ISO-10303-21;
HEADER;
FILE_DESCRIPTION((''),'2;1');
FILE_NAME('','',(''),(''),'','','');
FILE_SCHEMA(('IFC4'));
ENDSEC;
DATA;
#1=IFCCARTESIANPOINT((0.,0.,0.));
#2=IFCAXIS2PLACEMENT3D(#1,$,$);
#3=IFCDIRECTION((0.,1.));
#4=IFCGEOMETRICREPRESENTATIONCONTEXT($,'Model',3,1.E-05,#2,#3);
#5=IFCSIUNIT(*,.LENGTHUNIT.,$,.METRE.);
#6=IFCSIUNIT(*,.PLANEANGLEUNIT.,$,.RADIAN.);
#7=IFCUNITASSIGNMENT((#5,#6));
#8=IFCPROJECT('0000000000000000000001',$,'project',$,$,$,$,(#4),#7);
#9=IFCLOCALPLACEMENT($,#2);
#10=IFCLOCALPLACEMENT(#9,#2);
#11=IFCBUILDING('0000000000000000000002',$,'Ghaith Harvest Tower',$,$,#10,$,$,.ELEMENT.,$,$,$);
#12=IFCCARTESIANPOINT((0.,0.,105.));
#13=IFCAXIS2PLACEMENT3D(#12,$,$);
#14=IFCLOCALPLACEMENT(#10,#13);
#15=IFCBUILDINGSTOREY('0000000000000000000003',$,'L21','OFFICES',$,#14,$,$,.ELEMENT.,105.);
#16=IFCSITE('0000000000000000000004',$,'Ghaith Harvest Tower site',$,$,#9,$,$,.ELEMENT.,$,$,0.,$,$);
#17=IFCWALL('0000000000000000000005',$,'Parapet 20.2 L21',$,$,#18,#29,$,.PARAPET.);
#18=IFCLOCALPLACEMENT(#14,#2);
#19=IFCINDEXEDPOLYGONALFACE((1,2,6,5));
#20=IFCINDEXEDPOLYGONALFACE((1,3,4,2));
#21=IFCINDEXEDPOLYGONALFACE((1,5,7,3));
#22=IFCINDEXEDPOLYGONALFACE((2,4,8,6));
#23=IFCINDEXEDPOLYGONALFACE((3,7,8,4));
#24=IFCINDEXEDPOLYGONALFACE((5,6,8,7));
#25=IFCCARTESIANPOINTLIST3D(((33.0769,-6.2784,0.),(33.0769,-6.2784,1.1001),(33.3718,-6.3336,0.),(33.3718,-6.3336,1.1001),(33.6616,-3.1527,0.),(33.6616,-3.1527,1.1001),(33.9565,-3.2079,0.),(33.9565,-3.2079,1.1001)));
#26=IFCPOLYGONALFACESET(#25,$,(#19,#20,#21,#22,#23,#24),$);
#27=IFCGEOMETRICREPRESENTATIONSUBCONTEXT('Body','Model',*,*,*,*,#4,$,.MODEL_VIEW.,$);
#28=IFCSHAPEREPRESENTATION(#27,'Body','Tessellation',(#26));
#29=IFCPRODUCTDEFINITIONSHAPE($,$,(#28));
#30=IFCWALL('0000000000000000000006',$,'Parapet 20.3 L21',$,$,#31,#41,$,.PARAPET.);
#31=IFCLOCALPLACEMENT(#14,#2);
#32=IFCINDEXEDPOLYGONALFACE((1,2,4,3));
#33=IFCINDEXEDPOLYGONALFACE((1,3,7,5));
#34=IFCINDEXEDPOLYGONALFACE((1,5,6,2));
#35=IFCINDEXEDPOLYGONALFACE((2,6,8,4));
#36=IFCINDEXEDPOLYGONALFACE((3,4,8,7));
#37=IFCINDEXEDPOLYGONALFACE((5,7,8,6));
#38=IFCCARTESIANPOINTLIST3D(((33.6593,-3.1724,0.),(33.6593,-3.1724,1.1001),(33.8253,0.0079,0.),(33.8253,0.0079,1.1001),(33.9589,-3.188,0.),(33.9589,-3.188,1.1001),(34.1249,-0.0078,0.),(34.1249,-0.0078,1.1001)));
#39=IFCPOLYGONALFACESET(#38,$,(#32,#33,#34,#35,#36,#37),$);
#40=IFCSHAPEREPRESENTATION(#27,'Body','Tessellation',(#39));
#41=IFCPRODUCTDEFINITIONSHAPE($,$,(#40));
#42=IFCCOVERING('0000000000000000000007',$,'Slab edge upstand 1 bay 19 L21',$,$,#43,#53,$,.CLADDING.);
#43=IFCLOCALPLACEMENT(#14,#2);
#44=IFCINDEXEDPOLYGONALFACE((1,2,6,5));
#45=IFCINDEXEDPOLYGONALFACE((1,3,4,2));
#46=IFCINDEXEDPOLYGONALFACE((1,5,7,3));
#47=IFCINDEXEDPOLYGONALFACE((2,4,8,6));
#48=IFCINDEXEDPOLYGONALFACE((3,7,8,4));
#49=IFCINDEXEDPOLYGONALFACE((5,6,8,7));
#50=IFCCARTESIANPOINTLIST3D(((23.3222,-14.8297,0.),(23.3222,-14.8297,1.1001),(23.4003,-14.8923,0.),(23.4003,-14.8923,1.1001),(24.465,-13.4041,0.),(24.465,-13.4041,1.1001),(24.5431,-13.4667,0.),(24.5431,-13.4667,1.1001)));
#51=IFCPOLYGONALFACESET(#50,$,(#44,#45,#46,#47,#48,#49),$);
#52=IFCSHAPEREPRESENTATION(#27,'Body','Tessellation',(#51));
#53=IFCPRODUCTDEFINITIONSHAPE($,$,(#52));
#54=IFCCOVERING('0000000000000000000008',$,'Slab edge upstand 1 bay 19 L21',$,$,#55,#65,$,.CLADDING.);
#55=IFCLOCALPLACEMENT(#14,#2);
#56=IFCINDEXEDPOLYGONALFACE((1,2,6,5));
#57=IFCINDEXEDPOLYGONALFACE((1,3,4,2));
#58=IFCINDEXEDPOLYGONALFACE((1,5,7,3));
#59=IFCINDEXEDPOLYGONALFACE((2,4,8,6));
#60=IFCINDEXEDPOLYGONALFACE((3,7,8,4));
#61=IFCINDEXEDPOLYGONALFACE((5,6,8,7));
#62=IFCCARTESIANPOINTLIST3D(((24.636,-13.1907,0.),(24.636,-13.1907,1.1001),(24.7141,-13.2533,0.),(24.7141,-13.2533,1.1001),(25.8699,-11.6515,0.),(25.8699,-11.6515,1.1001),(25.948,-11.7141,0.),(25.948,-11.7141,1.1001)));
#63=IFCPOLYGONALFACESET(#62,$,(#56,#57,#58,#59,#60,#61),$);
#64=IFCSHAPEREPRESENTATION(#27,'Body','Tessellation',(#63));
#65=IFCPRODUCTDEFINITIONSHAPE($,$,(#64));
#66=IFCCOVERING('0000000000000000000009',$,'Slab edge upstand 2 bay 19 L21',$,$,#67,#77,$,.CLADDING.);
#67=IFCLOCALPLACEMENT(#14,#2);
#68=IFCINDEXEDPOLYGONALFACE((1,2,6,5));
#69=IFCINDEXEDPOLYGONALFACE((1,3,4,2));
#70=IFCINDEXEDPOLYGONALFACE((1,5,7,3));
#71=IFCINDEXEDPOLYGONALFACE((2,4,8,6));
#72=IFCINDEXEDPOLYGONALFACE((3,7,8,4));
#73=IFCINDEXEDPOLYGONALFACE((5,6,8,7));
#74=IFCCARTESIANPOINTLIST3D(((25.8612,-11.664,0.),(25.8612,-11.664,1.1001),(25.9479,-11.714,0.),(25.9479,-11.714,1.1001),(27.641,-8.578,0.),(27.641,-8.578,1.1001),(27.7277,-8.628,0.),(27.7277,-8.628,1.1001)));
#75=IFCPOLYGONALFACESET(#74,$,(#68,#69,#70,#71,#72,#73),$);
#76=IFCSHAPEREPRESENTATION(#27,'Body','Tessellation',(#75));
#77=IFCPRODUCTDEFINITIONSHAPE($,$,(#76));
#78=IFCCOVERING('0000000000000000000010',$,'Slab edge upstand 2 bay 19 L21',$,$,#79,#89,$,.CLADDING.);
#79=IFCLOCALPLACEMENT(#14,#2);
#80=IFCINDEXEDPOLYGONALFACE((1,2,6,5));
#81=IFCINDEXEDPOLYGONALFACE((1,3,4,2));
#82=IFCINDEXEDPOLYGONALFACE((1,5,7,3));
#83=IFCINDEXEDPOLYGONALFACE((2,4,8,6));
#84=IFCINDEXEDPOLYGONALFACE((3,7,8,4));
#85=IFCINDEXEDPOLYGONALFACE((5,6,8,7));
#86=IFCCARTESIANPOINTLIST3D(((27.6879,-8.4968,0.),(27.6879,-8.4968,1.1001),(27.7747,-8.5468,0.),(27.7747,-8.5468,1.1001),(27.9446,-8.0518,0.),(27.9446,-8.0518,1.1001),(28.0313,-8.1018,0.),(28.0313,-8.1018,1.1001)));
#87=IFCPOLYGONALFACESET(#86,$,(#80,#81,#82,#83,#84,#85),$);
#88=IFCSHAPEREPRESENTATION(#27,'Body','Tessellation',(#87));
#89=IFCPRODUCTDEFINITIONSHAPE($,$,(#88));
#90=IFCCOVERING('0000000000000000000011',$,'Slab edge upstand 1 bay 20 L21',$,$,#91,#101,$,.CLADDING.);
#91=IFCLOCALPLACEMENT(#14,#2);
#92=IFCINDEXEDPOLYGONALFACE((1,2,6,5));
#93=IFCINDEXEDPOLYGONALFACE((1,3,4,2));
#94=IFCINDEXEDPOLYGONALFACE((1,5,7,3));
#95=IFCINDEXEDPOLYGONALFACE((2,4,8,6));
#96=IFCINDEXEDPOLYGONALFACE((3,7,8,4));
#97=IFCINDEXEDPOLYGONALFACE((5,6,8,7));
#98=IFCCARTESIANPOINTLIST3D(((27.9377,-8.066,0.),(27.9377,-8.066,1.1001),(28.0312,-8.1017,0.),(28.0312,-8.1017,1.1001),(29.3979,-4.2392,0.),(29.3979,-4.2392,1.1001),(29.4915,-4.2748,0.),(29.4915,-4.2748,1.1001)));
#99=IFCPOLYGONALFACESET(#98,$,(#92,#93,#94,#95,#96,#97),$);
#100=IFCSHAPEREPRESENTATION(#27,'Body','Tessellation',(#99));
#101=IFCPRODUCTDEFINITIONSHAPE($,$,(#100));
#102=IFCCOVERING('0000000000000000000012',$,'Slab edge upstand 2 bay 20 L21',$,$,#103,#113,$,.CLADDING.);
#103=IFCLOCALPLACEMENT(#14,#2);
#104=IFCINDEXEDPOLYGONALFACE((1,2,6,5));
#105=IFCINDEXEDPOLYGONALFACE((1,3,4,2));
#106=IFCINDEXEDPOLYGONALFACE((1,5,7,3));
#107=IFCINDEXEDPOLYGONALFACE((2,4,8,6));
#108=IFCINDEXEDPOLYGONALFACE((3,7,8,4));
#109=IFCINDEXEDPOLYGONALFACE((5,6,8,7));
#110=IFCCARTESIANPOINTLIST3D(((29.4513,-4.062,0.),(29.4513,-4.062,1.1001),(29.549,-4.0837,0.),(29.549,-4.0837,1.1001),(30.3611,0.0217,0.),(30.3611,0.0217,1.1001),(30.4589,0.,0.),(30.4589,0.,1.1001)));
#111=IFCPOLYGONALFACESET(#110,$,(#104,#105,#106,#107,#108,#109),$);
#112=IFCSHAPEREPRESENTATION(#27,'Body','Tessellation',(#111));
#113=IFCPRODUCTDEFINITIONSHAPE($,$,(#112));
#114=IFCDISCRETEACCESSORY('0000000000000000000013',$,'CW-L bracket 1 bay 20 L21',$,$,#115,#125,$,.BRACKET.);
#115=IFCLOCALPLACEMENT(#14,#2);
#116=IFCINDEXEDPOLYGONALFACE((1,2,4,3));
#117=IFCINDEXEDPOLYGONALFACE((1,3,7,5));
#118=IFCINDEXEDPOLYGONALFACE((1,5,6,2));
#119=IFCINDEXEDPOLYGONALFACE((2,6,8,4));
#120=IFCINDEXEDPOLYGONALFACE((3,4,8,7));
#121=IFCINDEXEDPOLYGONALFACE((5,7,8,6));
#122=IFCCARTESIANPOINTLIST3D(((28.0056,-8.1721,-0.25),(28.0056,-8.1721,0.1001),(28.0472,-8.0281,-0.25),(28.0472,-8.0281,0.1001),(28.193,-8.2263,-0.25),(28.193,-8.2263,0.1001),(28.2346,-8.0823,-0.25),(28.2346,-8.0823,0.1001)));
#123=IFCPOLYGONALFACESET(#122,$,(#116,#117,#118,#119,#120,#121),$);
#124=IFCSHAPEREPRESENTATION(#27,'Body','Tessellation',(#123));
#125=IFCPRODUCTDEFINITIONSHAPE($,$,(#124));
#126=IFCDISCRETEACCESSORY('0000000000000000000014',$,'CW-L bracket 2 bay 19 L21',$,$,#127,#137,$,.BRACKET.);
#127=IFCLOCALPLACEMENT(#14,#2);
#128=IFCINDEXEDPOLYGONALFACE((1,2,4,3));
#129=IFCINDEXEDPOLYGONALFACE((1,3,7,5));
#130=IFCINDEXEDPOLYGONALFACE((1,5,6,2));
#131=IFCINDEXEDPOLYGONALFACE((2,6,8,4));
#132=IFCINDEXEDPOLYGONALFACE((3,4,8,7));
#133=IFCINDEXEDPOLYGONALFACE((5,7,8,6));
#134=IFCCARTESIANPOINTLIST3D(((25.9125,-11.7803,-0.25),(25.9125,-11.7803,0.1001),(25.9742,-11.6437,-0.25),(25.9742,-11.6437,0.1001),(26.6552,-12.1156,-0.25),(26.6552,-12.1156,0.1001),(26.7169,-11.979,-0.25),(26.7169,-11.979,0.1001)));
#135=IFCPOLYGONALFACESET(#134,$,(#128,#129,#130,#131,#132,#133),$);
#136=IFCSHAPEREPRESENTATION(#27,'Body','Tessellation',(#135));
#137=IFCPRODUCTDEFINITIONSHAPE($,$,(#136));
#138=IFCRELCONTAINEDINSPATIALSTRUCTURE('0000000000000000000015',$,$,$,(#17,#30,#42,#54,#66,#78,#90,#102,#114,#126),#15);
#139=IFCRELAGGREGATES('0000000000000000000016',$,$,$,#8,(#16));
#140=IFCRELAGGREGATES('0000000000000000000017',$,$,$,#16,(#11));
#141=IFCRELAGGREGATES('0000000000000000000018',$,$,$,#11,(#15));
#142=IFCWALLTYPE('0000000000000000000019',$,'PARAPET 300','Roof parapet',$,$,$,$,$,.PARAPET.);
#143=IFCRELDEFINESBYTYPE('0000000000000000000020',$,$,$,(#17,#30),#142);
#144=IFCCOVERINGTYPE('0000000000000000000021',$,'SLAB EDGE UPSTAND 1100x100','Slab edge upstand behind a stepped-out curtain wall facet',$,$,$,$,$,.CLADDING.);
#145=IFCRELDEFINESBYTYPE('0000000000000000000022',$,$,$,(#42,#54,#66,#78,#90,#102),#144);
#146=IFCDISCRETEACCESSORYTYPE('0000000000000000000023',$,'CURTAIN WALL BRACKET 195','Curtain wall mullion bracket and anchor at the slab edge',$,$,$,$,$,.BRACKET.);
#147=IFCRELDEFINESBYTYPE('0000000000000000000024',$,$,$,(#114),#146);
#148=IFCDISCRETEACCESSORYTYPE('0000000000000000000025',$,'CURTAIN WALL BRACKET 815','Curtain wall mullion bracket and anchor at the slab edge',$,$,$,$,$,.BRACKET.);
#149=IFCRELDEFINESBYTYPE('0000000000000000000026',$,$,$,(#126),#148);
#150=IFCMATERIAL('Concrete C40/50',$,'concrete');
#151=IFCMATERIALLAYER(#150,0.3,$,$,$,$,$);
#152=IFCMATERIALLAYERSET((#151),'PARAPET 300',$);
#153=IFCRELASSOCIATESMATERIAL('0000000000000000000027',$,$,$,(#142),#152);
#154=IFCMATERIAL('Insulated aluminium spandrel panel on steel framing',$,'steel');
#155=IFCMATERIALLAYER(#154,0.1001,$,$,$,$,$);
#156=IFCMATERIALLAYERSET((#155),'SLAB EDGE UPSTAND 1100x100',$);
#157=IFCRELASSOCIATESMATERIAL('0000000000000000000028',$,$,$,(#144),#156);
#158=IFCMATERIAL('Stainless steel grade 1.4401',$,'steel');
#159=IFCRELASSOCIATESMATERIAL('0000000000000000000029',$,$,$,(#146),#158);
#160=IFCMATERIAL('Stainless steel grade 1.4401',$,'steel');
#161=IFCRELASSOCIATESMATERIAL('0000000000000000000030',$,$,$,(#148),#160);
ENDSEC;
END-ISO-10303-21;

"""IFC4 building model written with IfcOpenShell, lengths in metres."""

from ifc_helpers import new_model, si_unit, direction, frame, frame_2d, origin, origin_2d, place, context, subcontext, project, spatial, rectangle, extrude, material, layer, layer_set, type_object, element, save


model = new_model("IFC4")

# Units and contexts
model_context = context("Model", 3, precision=1e-05, world=origin(), true_north=direction((0.0, 1.0)))
body_context = subcontext(model_context, "Body", "Model", "MODEL_VIEW")
ifc_project = project(units=[si_unit("LENGTHUNIT", "METRE"), si_unit("PLANEANGLEUNIT", "RADIAN")], contexts=[model_context])

# Site, building, storey
site_placement = place(None, origin())
site = spatial("IfcSite", under=ifc_project, at=site_placement, Name="Ghaith Harvest Tower site", CompositionType="ELEMENT", RefElevation=0.0)
building_placement = place(site_placement, origin())
building = spatial("IfcBuilding", under=site, at=building_placement, Name="Ghaith Harvest Tower", CompositionType="ELEMENT")
storey_placement = place(building_placement, frame((0.0, 0.0, 105.0)))
storey = spatial("IfcBuildingStorey", under=building, at=storey_placement, Name="L21", Description="OFFICES", CompositionType="ELEMENT", Elevation=105.0)

# Walls
ifc_material_1 = material(Name="Concrete C40/50", Category="concrete")
ifc_layer_1 = layer(ifc_material_1, 0.3)
ifc_layer_set_1 = layer_set([ifc_layer_1], Name="PARAPET 300")
wall_type = type_object("IfcWallType", Name="PARAPET 300", Description="Roof parapet", PredefinedType="PARAPET", material=ifc_layer_set_1)
wall_1_placement = place(storey_placement, frame((33.2244, -6.3059, 0.0), z_axis=(0.0, 0.0, 1.0), x_axis=(0.183876, 0.982949, 0.0)))
element("IfcWall", 1, at=wall_1_placement, inside=storey, type_object=wall_type, Name="Parapet 20.2 L21", PredefinedType="PARAPET", context=body_context, shape_type="SweptSolid", body=[
    extrude(rectangle(XDim=3.1799, YDim=0.3, at=frame_2d((1.5898, 0.0))), origin(), (0.0, 0.0, 1.0), 1.1001),
])
wall_2_placement = place(storey_placement, frame((33.8091, -3.1802, 0.0), z_axis=(0.0, 0.0, 1.0), x_axis=(0.052132, 0.99864, 0.0)))
element("IfcWall", 2, at=wall_2_placement, inside=storey, type_object=wall_type, Name="Parapet 20.3 L21", PredefinedType="PARAPET", context=body_context, shape_type="SweptSolid", body=[
    extrude(rectangle(XDim=3.1846, YDim=0.3, at=frame_2d((1.5923, 0.0))), origin(), (0.0, 0.0, 1.0), 1.1001),
])

# Coverings
ifc_material_2 = material(Name="Insulated aluminium spandrel panel on steel framing", Category="steel")
ifc_layer_2 = layer(ifc_material_2, 0.1001)
ifc_layer_set_2 = layer_set([ifc_layer_2], Name="SLAB EDGE UPSTAND 1100x100")
covering_type = type_object("IfcCoveringType", Name="SLAB EDGE UPSTAND 1100x100", Description="Slab edge upstand behind a stepped-out curtain wall facet", PredefinedType="CLADDING", material=ifc_layer_set_2)
covering_1_placement = place(storey_placement, frame((23.9326, -14.1482, 0.0), z_axis=(0.0, 0.0, 1.0), x_axis=(0.625468, 0.78025, 0.0)))
element("IfcCovering", 3, at=covering_1_placement, inside=storey, type_object=covering_type, Name="Slab edge upstand 1 bay 19 L21", PredefinedType="CLADDING", context=body_context, shape_type="SweptSolid", body=[
    extrude(rectangle(XDim=1.8271, YDim=0.1001, at=origin_2d()), origin(), (0.0, 0.0, 1.0), 1.1001),
])
covering_2_placement = place(storey_placement, frame((25.292, -12.4524, 0.0), z_axis=(0.0, 0.0, 1.0), x_axis=(0.625468, 0.78025, 0.0)))
element("IfcCovering", 4, at=covering_2_placement, inside=storey, type_object=covering_type, Name="Slab edge upstand 1 bay 19 L21", PredefinedType="CLADDING", context=body_context, shape_type="SweptSolid", body=[
    extrude(rectangle(XDim=1.9727, YDim=0.1001, at=origin_2d()), origin(), (0.0, 0.0, 1.0), 1.1001),
])
covering_3_placement = place(storey_placement, frame((26.7944, -10.146, 0.0), z_axis=(0.0, 0.0, 1.0), x_axis=(0.499596, 0.866258, 0.0)))
element("IfcCovering", 5, at=covering_3_placement, inside=storey, type_object=covering_type, Name="Slab edge upstand 2 bay 19 L21", PredefinedType="CLADDING", context=body_context, shape_type="SweptSolid", body=[
    extrude(rectangle(XDim=3.5625, YDim=0.1001, at=origin_2d()), origin(), (0.0, 0.0, 1.0), 1.1001),
])
covering_4_placement = place(storey_placement, frame((27.8596, -8.2993, 0.0), z_axis=(0.0, 0.0, 1.0), x_axis=(0.499596, 0.866258, 0.0)))
element("IfcCovering", 6, at=covering_4_placement, inside=storey, type_object=covering_type, Name="Slab edge upstand 2 bay 19 L21", PredefinedType="CLADDING", context=body_context, shape_type="SweptSolid", body=[
    extrude(rectangle(XDim=0.5137, YDim=0.1001, at=origin_2d()), origin(), (0.0, 0.0, 1.0), 1.1001),
])
covering_5_placement = place(storey_placement, frame((28.7146, -6.1704, 0.0), z_axis=(0.0, 0.0, 1.0), x_axis=(0.356504, 0.934294, 0.0)))
element("IfcCovering", 7, at=covering_5_placement, inside=storey, type_object=covering_type, Name="Slab edge upstand 1 bay 20 L21", PredefinedType="CLADDING", context=body_context, shape_type="SweptSolid", body=[
    extrude(rectangle(XDim=4.0959, YDim=0.1001, at=origin_2d()), origin(), (0.0, 0.0, 1.0), 1.1001),
])
covering_6_placement = place(storey_placement, frame((29.9551, -2.031, 0.0), z_axis=(0.0, 0.0, 1.0), x_axis=(0.217466, 0.976068, 0.0)))
element("IfcCovering", 8, at=covering_6_placement, inside=storey, type_object=covering_type, Name="Slab edge upstand 2 bay 20 L21", PredefinedType="CLADDING", context=body_context, shape_type="SweptSolid", body=[
    extrude(rectangle(XDim=4.1838, YDim=0.1001, at=origin_2d()), origin(), (0.0, 0.0, 1.0), 1.1001),
])

# Discrete accessories
ifc_material_3 = material(Name="Stainless steel grade 1.4401", Category="steel")
discrete_accessory_type_1 = type_object("IfcDiscreteAccessoryType", Name="CURTAIN WALL BRACKET 195", Description="Curtain wall mullion bracket and anchor at the slab edge", PredefinedType="BRACKET", material=ifc_material_3)
discrete_accessory_1_placement = place(storey_placement, frame((28.1201, -8.1272, -0.25), z_axis=(0.0, 0.0, 1.0), x_axis=(0.96068, -0.277657, 0.0)))
element("IfcDiscreteAccessory", 9, at=discrete_accessory_1_placement, inside=storey, type_object=discrete_accessory_type_1, Name="CW-L bracket 1 bay 20 L21", PredefinedType="BRACKET", context=body_context, shape_type="SweptSolid", body=[
    extrude(rectangle(XDim=0.1951, YDim=0.1499, at=origin_2d()), origin(), (0.0, 0.0, 1.0), 0.3501),
])
ifc_material_4 = material(Name="Stainless steel grade 1.4401", Category="steel")
discrete_accessory_type_2 = type_object("IfcDiscreteAccessoryType", Name="CURTAIN WALL BRACKET 815", Description="Curtain wall mullion bracket and anchor at the slab edge", PredefinedType="BRACKET", material=ifc_material_4)
discrete_accessory_2_placement = place(storey_placement, frame((26.3147, -11.8796, -0.25), z_axis=(0.0, 0.0, 1.0), x_axis=(0.911427, -0.411462, 0.0)))
element("IfcDiscreteAccessory", 10, at=discrete_accessory_2_placement, inside=storey, type_object=discrete_accessory_type_2, Name="CW-L bracket 2 bay 19 L21", PredefinedType="BRACKET", context=body_context, shape_type="SweptSolid", body=[
    extrude(rectangle(XDim=0.8149, YDim=0.1499, at=origin_2d()), origin(), (0.0, 0.0, 1.0), 0.3501),
])

save(model, "model.ifc")
